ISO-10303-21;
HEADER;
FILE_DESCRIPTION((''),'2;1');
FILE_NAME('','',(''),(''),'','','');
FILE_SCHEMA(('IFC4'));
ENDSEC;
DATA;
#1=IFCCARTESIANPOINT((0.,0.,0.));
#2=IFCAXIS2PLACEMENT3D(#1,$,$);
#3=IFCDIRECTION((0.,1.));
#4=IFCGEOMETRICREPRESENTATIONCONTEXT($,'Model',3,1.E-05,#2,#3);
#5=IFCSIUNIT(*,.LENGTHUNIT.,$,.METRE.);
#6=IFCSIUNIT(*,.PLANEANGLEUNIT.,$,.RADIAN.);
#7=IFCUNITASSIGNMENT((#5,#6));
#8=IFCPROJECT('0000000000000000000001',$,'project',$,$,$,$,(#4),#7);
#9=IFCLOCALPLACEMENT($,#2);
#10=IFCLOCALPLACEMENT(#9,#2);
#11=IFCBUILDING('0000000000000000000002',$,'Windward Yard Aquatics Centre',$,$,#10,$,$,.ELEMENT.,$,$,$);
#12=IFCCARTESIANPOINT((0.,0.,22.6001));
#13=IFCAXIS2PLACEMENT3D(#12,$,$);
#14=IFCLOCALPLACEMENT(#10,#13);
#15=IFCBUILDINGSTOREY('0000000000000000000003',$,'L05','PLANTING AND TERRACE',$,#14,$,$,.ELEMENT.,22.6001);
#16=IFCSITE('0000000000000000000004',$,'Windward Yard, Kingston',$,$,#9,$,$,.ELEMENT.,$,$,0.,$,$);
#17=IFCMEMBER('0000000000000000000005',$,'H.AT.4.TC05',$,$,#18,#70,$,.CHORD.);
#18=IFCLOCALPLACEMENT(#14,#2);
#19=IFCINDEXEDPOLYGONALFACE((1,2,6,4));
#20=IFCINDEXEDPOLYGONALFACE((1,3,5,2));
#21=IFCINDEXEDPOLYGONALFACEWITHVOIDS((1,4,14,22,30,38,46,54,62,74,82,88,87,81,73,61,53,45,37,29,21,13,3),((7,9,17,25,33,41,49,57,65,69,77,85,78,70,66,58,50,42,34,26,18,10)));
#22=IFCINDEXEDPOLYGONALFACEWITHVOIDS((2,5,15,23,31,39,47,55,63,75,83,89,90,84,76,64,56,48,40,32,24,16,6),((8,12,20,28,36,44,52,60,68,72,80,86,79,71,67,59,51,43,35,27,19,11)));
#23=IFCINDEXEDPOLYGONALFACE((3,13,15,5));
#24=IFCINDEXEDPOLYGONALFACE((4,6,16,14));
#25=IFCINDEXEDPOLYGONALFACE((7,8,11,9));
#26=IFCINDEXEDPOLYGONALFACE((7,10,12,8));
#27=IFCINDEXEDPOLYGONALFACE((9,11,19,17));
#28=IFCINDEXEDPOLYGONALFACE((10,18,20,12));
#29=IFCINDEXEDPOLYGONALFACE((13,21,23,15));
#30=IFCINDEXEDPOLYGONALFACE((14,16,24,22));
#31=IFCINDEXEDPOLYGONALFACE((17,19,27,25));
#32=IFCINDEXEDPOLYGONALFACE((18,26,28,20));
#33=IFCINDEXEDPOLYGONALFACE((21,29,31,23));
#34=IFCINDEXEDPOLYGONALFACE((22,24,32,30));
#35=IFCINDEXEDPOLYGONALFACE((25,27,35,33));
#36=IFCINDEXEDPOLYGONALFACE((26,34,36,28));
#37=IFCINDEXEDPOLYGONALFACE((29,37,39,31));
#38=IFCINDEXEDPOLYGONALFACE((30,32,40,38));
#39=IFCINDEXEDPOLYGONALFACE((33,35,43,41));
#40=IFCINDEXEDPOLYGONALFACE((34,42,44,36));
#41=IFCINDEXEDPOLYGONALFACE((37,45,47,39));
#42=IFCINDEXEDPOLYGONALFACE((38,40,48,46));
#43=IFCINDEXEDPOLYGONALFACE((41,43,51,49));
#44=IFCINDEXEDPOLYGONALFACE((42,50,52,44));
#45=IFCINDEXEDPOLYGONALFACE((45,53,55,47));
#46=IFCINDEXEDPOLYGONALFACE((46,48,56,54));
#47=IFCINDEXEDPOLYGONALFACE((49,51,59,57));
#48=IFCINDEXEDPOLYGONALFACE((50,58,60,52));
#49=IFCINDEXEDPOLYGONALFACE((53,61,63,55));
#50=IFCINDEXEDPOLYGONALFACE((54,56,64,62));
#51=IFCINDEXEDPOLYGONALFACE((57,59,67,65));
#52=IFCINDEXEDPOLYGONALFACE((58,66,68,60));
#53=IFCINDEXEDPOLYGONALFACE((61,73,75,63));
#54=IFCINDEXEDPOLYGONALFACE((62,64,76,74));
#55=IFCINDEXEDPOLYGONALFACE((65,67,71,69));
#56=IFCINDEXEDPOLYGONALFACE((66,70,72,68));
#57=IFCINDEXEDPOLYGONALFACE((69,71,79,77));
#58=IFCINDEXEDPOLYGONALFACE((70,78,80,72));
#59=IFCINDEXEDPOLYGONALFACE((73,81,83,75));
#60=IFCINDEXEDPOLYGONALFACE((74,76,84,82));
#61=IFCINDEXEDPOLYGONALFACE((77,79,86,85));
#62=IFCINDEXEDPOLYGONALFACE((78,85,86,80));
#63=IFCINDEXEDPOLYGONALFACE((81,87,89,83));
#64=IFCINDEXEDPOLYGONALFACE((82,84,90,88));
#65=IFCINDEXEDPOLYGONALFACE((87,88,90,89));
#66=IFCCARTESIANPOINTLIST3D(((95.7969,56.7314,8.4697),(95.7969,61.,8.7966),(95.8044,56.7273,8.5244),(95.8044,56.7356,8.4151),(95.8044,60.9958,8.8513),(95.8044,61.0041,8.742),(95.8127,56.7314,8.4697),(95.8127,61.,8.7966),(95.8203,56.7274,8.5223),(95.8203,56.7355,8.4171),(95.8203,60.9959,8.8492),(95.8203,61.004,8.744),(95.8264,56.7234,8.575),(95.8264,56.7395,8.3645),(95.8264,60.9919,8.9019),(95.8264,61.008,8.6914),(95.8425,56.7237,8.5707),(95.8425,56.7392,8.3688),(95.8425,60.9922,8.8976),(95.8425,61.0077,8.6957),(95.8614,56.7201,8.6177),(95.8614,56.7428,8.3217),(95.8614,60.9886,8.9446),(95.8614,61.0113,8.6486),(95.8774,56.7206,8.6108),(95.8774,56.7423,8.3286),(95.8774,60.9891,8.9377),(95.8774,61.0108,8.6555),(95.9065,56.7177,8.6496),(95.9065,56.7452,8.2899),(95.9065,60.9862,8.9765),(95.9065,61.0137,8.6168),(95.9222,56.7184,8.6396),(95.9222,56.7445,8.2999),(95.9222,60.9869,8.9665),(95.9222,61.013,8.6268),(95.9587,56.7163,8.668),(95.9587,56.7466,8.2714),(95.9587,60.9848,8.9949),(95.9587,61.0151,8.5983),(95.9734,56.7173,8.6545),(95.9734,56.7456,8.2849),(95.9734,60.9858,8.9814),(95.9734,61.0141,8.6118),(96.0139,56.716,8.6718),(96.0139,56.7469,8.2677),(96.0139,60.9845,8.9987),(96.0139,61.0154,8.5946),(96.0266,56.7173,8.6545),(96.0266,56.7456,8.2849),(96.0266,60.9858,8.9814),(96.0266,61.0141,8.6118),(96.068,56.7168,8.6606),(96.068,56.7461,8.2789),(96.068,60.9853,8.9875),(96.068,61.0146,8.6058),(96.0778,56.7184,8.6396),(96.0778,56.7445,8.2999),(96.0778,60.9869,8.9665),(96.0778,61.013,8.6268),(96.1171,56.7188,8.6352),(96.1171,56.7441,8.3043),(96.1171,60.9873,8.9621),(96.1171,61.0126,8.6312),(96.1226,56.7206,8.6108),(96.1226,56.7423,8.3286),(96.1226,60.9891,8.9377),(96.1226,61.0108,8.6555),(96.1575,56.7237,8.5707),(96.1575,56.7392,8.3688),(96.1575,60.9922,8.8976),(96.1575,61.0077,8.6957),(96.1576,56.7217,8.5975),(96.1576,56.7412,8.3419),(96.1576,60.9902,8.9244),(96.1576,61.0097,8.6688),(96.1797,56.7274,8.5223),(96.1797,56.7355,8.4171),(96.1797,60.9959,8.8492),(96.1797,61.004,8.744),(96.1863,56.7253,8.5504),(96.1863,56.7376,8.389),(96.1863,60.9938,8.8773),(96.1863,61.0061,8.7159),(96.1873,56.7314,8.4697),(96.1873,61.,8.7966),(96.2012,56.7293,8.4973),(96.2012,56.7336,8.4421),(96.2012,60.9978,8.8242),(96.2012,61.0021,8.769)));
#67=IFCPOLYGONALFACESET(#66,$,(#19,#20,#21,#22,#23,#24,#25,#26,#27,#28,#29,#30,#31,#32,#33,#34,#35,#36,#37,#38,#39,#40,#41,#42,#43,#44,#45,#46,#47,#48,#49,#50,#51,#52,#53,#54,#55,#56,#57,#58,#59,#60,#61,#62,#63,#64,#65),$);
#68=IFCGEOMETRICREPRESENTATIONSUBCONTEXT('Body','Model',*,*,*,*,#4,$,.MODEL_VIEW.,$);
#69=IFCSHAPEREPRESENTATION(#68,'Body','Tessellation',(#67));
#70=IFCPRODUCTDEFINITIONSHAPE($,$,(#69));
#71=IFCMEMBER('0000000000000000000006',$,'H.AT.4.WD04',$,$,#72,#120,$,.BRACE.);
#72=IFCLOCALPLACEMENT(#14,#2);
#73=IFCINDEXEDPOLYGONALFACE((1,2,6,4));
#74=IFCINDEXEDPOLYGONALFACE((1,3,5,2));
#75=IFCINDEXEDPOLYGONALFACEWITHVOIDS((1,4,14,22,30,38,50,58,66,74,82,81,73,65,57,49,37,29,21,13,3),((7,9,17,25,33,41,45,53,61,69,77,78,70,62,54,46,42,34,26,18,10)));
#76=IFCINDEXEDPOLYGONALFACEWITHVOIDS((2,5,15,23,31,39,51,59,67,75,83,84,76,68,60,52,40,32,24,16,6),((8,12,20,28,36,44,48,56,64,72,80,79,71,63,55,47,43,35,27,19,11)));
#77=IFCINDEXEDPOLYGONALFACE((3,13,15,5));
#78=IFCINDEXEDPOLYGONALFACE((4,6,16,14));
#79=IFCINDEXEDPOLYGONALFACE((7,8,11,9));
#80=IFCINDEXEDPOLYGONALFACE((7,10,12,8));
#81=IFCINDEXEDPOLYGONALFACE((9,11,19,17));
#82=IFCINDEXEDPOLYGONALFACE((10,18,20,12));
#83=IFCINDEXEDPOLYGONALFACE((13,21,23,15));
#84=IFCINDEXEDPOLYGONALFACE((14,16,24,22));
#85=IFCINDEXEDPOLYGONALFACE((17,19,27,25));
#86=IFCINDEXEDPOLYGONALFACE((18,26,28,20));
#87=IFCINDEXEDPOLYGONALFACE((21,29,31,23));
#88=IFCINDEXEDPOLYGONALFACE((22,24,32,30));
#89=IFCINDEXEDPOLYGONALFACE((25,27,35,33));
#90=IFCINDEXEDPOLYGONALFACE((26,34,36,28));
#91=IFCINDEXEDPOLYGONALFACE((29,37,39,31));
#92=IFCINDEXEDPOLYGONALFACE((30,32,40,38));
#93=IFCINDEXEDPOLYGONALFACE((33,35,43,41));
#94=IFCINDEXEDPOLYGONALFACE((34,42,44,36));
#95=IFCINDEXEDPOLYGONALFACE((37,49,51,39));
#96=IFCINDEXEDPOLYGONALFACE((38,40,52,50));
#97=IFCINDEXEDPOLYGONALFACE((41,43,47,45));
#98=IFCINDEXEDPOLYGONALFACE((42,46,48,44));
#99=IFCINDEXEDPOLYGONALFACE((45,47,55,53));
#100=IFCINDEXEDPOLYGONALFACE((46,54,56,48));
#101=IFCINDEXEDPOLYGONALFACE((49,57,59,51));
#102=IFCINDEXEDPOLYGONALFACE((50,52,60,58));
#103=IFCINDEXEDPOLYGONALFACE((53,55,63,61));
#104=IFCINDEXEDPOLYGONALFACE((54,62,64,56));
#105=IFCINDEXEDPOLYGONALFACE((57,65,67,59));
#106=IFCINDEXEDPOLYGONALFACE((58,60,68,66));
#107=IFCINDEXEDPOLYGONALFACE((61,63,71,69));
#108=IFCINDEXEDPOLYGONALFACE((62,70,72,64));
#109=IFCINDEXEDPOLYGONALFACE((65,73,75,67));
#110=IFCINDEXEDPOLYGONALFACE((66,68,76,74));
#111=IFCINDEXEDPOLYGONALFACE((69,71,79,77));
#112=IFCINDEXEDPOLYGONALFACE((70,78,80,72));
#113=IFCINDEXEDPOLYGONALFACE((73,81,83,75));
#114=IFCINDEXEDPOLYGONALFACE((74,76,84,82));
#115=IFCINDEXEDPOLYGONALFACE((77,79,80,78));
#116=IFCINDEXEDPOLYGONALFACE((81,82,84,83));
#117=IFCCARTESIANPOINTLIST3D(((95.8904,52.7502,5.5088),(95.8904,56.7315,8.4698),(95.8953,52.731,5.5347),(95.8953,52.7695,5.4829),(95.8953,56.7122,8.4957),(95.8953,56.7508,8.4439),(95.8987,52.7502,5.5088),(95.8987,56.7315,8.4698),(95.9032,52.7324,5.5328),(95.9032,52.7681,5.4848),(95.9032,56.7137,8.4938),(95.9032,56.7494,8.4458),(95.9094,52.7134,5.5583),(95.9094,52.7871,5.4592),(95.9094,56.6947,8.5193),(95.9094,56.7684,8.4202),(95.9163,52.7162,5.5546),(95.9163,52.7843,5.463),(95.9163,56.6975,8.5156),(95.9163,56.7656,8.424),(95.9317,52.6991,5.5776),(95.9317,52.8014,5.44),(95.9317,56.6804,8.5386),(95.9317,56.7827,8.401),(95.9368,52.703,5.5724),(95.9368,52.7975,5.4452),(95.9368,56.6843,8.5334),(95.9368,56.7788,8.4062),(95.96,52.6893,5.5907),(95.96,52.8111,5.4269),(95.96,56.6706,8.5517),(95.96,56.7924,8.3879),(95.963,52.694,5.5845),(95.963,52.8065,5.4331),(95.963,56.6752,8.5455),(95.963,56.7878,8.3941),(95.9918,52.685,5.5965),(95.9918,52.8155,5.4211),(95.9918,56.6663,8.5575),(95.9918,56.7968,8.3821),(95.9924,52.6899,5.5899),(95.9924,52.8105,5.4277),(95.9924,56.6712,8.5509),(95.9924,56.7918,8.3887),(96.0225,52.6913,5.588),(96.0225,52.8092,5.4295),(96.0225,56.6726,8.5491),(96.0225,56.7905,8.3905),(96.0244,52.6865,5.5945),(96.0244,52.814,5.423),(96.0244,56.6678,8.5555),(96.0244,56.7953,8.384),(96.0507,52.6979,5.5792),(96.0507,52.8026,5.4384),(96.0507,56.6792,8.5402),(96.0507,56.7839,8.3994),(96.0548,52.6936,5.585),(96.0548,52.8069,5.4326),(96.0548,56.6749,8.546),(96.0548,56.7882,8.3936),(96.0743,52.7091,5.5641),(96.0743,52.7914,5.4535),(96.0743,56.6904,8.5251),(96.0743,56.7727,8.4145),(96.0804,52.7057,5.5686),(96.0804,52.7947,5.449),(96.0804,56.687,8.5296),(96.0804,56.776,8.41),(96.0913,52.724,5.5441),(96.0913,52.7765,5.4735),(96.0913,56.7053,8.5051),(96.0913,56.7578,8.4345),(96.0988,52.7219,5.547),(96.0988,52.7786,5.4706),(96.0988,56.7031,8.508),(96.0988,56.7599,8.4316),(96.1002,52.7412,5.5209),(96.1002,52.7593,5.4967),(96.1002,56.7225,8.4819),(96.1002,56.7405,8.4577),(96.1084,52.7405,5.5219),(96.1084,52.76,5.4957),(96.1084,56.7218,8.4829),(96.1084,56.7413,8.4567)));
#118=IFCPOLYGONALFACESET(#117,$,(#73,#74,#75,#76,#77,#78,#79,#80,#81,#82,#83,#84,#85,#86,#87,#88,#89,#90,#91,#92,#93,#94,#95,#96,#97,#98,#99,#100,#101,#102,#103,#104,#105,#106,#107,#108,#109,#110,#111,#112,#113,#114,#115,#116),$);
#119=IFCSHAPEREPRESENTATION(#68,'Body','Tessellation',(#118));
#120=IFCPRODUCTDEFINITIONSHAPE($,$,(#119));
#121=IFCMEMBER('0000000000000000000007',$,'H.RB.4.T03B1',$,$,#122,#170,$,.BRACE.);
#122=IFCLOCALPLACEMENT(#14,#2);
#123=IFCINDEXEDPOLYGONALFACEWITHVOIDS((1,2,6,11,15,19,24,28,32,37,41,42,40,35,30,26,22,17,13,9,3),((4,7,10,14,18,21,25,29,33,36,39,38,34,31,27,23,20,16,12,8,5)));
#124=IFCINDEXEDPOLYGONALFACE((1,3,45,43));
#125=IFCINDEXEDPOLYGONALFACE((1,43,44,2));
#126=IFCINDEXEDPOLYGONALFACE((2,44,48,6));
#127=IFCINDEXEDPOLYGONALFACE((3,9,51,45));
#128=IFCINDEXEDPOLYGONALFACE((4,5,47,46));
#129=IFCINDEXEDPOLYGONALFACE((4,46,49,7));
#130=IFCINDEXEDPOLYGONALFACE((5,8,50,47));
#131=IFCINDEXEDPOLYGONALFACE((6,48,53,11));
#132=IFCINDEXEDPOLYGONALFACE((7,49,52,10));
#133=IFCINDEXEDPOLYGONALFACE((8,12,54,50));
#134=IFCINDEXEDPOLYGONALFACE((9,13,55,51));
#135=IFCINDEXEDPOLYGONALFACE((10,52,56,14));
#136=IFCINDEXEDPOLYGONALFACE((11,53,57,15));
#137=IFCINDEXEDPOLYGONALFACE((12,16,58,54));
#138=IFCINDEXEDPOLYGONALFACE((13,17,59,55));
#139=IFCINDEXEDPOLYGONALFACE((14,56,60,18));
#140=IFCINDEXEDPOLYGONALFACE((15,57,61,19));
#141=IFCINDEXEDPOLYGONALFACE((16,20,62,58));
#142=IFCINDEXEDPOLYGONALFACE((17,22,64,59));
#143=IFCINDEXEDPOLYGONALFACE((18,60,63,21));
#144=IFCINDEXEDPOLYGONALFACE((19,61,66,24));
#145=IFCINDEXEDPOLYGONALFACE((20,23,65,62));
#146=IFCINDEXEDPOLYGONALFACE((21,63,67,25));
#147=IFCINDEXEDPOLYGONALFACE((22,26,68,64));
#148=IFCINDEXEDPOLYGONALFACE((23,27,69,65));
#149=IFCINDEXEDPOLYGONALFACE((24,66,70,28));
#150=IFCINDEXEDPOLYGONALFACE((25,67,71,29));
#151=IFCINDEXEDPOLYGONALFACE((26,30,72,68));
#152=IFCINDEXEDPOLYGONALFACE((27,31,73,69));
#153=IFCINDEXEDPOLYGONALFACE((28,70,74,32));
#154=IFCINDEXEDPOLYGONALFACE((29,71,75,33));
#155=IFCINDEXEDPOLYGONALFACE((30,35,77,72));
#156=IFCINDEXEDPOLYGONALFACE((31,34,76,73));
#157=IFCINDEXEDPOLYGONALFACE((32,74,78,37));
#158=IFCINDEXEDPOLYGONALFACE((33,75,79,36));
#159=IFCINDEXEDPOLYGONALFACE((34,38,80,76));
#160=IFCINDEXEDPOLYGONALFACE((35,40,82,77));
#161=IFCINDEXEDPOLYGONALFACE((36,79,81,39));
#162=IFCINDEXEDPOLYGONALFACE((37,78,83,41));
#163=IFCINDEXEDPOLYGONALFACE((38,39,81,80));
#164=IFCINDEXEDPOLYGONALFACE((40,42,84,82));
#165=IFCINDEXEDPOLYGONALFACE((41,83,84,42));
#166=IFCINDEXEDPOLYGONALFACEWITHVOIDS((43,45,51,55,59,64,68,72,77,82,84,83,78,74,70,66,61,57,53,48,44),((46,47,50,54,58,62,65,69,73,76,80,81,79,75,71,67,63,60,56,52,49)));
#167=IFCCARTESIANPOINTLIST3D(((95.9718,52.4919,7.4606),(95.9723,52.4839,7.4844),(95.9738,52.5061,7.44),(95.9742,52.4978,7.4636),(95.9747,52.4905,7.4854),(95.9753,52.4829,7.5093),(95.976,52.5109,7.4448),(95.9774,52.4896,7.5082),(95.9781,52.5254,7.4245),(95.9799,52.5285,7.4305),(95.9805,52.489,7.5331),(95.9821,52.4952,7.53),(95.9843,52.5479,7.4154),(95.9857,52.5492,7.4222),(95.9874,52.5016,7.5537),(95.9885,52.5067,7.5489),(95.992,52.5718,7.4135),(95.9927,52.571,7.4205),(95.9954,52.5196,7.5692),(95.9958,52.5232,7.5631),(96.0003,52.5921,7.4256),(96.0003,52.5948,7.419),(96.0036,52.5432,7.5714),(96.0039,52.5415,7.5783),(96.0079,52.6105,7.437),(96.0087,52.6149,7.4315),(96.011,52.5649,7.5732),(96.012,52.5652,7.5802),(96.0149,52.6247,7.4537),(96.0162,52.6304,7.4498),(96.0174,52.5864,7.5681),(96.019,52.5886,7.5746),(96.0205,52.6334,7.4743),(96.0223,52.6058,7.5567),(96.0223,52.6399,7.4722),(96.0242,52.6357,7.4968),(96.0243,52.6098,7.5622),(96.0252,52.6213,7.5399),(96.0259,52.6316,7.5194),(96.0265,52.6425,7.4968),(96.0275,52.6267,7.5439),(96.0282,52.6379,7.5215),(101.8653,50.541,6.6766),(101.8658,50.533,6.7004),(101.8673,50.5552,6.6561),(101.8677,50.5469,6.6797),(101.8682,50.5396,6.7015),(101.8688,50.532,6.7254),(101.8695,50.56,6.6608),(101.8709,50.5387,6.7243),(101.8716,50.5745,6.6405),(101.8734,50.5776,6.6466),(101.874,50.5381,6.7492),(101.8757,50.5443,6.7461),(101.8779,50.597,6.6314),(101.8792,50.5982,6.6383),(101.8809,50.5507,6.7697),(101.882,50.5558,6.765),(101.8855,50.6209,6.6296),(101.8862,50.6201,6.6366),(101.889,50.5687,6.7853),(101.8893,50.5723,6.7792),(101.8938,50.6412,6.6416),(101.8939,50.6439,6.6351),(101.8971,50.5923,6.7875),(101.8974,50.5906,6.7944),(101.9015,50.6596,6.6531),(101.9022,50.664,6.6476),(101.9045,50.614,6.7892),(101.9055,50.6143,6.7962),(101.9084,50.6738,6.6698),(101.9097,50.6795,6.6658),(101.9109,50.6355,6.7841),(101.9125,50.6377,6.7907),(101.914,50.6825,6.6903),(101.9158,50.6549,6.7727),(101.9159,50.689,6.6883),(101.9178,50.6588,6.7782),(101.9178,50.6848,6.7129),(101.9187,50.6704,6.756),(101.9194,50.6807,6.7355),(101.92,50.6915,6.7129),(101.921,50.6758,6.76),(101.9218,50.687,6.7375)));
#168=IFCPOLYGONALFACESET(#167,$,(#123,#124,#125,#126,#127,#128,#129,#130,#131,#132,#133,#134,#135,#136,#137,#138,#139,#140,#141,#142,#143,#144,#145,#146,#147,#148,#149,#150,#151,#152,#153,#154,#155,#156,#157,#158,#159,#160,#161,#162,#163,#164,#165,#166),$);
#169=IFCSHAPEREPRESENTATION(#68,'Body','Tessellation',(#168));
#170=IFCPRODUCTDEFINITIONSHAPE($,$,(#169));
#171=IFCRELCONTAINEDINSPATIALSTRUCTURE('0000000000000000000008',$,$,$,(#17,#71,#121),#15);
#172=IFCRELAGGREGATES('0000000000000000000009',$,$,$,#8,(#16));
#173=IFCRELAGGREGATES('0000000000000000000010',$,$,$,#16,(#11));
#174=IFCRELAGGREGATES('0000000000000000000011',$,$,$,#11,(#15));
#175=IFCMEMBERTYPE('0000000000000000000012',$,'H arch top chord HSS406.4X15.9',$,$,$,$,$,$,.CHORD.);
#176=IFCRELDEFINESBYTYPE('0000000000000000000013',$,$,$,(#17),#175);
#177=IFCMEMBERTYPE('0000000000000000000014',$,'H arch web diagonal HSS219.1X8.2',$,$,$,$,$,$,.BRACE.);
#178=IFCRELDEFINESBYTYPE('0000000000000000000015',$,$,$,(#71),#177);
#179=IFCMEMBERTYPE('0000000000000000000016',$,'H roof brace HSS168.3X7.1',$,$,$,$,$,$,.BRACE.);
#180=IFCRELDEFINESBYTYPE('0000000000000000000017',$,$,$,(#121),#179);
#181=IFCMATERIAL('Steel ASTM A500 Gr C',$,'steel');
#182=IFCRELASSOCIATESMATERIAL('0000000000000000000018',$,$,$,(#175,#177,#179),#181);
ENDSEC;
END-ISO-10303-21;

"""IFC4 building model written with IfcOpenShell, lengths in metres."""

from ifc_helpers import new_model, si_unit, direction, frame, origin, origin_2d, place, context, subcontext, project, spatial, hollow_circle, extrude, material, material_profile, profile_set, type_object, element, save


model = new_model("IFC4")

# Units and contexts
model_context = context("Model", 3, precision=1e-05, world=origin(), true_north=direction((0.0, 1.0)))
body_context = subcontext(model_context, "Body", "Model", "MODEL_VIEW")
ifc_project = project(units=[si_unit("LENGTHUNIT", "METRE"), si_unit("PLANEANGLEUNIT", "RADIAN")], contexts=[model_context])

# Site, building, storey
site_placement = place(None, origin())
site = spatial("IfcSite", under=ifc_project, at=site_placement, Name="Windward Yard, Kingston", CompositionType="ELEMENT", RefElevation=0.0)
building_placement = place(site_placement, origin())
building = spatial("IfcBuilding", under=site, at=building_placement, Name="Windward Yard Aquatics Centre", CompositionType="ELEMENT")
storey_placement = place(building_placement, frame((0.0, 0.0, 22.6001)))
storey = spatial("IfcBuildingStorey", under=building, at=storey_placement, Name="L05", Description="PLANTING AND TERRACE", CompositionType="ELEMENT", Elevation=22.6001)

# Members
ifc_material_1 = material(Name="Steel ASTM A500 Gr C", Category="steel")
ifc_material_profile_1 = material_profile(ifc_material_1, hollow_circle(Radius=0.2031, WallThickness=0.0159, at=origin_2d()), Name="HSS406.4X15.9")
ifc_profile_set_1 = profile_set([ifc_material_profile_1], Name="Steel ASTM A500 Gr C")
member_type_1 = type_object("IfcMemberType", Name="H arch top chord HSS406.4X15.9", PredefinedType="CHORD", material=ifc_profile_set_1)
member_1_placement = place(storey_placement, frame((96.0, 56.7314, 8.4697), z_axis=(0.0, 0.99708, 0.076361), x_axis=(-1.0, 0.0, 0.0)))
element("IfcMember", 1, at=member_1_placement, inside=storey, type_object=member_type_1, Name="H.AT.4.TC05", PredefinedType="CHORD", context=body_context, shape_type="SweptSolid", body=[
    extrude(hollow_circle(Radius=0.2031, WallThickness=0.0159, at=origin_2d()), origin(), (0.0, 0.0, 1.0), 4.281),
])
ifc_material_profile_2 = material_profile(ifc_material_1, hollow_circle(Radius=0.1096, WallThickness=0.0083, at=origin_2d()), Name="HSS219.1X8.2")
ifc_profile_set_2 = profile_set([ifc_material_profile_2], Name="Steel ASTM A500 Gr C")
member_type_2 = type_object("IfcMemberType", Name="H arch web diagonal HSS219.1X8.2", PredefinedType="BRACE", material=ifc_profile_set_2)
member_2_placement = place(storey_placement, frame((96.0, 52.7502, 5.5088), z_axis=(0.0, 0.802409, 0.596775), x_axis=(-1.0, 0.0, 0.0)))
element("IfcMember", 2, at=member_2_placement, inside=storey, type_object=member_type_2, Name="H.AT.4.WD04", PredefinedType="BRACE", context=body_context, shape_type="SweptSolid", body=[
    extrude(hollow_circle(Radius=0.1096, WallThickness=0.0083, at=origin_2d()), origin(), (0.0, 0.0, 1.0), 4.9617),
])
ifc_material_profile_3 = material_profile(ifc_material_1, hollow_circle(Radius=0.0842, WallThickness=0.0071, at=origin_2d()), Name="HSS168.3X7.1")
ifc_profile_set_3 = profile_set([ifc_material_profile_3], Name="Steel ASTM A500 Gr C")
member_type_3 = type_object("IfcMemberType", Name="H roof brace HSS168.3X7.1", PredefinedType="BRACE", material=ifc_profile_set_3)
member_3_placement = place(storey_placement, frame((96.0, 52.5625, 7.4968), z_axis=(0.941858, -0.311781, -0.125282), x_axis=(0.314257, 0.949338, 0.0)))
element("IfcMember", 3, at=member_3_placement, inside=storey, type_object=member_type_3, Name="H.RB.4.T03B1", PredefinedType="BRACE", context=body_context, shape_type="SweptSolid", body=[
    extrude(hollow_circle(Radius=0.0842, WallThickness=0.0071, at=origin_2d()), origin(), (0.0, 0.0, 1.0), 6.2573),
])

save(model, "model.ifc")
